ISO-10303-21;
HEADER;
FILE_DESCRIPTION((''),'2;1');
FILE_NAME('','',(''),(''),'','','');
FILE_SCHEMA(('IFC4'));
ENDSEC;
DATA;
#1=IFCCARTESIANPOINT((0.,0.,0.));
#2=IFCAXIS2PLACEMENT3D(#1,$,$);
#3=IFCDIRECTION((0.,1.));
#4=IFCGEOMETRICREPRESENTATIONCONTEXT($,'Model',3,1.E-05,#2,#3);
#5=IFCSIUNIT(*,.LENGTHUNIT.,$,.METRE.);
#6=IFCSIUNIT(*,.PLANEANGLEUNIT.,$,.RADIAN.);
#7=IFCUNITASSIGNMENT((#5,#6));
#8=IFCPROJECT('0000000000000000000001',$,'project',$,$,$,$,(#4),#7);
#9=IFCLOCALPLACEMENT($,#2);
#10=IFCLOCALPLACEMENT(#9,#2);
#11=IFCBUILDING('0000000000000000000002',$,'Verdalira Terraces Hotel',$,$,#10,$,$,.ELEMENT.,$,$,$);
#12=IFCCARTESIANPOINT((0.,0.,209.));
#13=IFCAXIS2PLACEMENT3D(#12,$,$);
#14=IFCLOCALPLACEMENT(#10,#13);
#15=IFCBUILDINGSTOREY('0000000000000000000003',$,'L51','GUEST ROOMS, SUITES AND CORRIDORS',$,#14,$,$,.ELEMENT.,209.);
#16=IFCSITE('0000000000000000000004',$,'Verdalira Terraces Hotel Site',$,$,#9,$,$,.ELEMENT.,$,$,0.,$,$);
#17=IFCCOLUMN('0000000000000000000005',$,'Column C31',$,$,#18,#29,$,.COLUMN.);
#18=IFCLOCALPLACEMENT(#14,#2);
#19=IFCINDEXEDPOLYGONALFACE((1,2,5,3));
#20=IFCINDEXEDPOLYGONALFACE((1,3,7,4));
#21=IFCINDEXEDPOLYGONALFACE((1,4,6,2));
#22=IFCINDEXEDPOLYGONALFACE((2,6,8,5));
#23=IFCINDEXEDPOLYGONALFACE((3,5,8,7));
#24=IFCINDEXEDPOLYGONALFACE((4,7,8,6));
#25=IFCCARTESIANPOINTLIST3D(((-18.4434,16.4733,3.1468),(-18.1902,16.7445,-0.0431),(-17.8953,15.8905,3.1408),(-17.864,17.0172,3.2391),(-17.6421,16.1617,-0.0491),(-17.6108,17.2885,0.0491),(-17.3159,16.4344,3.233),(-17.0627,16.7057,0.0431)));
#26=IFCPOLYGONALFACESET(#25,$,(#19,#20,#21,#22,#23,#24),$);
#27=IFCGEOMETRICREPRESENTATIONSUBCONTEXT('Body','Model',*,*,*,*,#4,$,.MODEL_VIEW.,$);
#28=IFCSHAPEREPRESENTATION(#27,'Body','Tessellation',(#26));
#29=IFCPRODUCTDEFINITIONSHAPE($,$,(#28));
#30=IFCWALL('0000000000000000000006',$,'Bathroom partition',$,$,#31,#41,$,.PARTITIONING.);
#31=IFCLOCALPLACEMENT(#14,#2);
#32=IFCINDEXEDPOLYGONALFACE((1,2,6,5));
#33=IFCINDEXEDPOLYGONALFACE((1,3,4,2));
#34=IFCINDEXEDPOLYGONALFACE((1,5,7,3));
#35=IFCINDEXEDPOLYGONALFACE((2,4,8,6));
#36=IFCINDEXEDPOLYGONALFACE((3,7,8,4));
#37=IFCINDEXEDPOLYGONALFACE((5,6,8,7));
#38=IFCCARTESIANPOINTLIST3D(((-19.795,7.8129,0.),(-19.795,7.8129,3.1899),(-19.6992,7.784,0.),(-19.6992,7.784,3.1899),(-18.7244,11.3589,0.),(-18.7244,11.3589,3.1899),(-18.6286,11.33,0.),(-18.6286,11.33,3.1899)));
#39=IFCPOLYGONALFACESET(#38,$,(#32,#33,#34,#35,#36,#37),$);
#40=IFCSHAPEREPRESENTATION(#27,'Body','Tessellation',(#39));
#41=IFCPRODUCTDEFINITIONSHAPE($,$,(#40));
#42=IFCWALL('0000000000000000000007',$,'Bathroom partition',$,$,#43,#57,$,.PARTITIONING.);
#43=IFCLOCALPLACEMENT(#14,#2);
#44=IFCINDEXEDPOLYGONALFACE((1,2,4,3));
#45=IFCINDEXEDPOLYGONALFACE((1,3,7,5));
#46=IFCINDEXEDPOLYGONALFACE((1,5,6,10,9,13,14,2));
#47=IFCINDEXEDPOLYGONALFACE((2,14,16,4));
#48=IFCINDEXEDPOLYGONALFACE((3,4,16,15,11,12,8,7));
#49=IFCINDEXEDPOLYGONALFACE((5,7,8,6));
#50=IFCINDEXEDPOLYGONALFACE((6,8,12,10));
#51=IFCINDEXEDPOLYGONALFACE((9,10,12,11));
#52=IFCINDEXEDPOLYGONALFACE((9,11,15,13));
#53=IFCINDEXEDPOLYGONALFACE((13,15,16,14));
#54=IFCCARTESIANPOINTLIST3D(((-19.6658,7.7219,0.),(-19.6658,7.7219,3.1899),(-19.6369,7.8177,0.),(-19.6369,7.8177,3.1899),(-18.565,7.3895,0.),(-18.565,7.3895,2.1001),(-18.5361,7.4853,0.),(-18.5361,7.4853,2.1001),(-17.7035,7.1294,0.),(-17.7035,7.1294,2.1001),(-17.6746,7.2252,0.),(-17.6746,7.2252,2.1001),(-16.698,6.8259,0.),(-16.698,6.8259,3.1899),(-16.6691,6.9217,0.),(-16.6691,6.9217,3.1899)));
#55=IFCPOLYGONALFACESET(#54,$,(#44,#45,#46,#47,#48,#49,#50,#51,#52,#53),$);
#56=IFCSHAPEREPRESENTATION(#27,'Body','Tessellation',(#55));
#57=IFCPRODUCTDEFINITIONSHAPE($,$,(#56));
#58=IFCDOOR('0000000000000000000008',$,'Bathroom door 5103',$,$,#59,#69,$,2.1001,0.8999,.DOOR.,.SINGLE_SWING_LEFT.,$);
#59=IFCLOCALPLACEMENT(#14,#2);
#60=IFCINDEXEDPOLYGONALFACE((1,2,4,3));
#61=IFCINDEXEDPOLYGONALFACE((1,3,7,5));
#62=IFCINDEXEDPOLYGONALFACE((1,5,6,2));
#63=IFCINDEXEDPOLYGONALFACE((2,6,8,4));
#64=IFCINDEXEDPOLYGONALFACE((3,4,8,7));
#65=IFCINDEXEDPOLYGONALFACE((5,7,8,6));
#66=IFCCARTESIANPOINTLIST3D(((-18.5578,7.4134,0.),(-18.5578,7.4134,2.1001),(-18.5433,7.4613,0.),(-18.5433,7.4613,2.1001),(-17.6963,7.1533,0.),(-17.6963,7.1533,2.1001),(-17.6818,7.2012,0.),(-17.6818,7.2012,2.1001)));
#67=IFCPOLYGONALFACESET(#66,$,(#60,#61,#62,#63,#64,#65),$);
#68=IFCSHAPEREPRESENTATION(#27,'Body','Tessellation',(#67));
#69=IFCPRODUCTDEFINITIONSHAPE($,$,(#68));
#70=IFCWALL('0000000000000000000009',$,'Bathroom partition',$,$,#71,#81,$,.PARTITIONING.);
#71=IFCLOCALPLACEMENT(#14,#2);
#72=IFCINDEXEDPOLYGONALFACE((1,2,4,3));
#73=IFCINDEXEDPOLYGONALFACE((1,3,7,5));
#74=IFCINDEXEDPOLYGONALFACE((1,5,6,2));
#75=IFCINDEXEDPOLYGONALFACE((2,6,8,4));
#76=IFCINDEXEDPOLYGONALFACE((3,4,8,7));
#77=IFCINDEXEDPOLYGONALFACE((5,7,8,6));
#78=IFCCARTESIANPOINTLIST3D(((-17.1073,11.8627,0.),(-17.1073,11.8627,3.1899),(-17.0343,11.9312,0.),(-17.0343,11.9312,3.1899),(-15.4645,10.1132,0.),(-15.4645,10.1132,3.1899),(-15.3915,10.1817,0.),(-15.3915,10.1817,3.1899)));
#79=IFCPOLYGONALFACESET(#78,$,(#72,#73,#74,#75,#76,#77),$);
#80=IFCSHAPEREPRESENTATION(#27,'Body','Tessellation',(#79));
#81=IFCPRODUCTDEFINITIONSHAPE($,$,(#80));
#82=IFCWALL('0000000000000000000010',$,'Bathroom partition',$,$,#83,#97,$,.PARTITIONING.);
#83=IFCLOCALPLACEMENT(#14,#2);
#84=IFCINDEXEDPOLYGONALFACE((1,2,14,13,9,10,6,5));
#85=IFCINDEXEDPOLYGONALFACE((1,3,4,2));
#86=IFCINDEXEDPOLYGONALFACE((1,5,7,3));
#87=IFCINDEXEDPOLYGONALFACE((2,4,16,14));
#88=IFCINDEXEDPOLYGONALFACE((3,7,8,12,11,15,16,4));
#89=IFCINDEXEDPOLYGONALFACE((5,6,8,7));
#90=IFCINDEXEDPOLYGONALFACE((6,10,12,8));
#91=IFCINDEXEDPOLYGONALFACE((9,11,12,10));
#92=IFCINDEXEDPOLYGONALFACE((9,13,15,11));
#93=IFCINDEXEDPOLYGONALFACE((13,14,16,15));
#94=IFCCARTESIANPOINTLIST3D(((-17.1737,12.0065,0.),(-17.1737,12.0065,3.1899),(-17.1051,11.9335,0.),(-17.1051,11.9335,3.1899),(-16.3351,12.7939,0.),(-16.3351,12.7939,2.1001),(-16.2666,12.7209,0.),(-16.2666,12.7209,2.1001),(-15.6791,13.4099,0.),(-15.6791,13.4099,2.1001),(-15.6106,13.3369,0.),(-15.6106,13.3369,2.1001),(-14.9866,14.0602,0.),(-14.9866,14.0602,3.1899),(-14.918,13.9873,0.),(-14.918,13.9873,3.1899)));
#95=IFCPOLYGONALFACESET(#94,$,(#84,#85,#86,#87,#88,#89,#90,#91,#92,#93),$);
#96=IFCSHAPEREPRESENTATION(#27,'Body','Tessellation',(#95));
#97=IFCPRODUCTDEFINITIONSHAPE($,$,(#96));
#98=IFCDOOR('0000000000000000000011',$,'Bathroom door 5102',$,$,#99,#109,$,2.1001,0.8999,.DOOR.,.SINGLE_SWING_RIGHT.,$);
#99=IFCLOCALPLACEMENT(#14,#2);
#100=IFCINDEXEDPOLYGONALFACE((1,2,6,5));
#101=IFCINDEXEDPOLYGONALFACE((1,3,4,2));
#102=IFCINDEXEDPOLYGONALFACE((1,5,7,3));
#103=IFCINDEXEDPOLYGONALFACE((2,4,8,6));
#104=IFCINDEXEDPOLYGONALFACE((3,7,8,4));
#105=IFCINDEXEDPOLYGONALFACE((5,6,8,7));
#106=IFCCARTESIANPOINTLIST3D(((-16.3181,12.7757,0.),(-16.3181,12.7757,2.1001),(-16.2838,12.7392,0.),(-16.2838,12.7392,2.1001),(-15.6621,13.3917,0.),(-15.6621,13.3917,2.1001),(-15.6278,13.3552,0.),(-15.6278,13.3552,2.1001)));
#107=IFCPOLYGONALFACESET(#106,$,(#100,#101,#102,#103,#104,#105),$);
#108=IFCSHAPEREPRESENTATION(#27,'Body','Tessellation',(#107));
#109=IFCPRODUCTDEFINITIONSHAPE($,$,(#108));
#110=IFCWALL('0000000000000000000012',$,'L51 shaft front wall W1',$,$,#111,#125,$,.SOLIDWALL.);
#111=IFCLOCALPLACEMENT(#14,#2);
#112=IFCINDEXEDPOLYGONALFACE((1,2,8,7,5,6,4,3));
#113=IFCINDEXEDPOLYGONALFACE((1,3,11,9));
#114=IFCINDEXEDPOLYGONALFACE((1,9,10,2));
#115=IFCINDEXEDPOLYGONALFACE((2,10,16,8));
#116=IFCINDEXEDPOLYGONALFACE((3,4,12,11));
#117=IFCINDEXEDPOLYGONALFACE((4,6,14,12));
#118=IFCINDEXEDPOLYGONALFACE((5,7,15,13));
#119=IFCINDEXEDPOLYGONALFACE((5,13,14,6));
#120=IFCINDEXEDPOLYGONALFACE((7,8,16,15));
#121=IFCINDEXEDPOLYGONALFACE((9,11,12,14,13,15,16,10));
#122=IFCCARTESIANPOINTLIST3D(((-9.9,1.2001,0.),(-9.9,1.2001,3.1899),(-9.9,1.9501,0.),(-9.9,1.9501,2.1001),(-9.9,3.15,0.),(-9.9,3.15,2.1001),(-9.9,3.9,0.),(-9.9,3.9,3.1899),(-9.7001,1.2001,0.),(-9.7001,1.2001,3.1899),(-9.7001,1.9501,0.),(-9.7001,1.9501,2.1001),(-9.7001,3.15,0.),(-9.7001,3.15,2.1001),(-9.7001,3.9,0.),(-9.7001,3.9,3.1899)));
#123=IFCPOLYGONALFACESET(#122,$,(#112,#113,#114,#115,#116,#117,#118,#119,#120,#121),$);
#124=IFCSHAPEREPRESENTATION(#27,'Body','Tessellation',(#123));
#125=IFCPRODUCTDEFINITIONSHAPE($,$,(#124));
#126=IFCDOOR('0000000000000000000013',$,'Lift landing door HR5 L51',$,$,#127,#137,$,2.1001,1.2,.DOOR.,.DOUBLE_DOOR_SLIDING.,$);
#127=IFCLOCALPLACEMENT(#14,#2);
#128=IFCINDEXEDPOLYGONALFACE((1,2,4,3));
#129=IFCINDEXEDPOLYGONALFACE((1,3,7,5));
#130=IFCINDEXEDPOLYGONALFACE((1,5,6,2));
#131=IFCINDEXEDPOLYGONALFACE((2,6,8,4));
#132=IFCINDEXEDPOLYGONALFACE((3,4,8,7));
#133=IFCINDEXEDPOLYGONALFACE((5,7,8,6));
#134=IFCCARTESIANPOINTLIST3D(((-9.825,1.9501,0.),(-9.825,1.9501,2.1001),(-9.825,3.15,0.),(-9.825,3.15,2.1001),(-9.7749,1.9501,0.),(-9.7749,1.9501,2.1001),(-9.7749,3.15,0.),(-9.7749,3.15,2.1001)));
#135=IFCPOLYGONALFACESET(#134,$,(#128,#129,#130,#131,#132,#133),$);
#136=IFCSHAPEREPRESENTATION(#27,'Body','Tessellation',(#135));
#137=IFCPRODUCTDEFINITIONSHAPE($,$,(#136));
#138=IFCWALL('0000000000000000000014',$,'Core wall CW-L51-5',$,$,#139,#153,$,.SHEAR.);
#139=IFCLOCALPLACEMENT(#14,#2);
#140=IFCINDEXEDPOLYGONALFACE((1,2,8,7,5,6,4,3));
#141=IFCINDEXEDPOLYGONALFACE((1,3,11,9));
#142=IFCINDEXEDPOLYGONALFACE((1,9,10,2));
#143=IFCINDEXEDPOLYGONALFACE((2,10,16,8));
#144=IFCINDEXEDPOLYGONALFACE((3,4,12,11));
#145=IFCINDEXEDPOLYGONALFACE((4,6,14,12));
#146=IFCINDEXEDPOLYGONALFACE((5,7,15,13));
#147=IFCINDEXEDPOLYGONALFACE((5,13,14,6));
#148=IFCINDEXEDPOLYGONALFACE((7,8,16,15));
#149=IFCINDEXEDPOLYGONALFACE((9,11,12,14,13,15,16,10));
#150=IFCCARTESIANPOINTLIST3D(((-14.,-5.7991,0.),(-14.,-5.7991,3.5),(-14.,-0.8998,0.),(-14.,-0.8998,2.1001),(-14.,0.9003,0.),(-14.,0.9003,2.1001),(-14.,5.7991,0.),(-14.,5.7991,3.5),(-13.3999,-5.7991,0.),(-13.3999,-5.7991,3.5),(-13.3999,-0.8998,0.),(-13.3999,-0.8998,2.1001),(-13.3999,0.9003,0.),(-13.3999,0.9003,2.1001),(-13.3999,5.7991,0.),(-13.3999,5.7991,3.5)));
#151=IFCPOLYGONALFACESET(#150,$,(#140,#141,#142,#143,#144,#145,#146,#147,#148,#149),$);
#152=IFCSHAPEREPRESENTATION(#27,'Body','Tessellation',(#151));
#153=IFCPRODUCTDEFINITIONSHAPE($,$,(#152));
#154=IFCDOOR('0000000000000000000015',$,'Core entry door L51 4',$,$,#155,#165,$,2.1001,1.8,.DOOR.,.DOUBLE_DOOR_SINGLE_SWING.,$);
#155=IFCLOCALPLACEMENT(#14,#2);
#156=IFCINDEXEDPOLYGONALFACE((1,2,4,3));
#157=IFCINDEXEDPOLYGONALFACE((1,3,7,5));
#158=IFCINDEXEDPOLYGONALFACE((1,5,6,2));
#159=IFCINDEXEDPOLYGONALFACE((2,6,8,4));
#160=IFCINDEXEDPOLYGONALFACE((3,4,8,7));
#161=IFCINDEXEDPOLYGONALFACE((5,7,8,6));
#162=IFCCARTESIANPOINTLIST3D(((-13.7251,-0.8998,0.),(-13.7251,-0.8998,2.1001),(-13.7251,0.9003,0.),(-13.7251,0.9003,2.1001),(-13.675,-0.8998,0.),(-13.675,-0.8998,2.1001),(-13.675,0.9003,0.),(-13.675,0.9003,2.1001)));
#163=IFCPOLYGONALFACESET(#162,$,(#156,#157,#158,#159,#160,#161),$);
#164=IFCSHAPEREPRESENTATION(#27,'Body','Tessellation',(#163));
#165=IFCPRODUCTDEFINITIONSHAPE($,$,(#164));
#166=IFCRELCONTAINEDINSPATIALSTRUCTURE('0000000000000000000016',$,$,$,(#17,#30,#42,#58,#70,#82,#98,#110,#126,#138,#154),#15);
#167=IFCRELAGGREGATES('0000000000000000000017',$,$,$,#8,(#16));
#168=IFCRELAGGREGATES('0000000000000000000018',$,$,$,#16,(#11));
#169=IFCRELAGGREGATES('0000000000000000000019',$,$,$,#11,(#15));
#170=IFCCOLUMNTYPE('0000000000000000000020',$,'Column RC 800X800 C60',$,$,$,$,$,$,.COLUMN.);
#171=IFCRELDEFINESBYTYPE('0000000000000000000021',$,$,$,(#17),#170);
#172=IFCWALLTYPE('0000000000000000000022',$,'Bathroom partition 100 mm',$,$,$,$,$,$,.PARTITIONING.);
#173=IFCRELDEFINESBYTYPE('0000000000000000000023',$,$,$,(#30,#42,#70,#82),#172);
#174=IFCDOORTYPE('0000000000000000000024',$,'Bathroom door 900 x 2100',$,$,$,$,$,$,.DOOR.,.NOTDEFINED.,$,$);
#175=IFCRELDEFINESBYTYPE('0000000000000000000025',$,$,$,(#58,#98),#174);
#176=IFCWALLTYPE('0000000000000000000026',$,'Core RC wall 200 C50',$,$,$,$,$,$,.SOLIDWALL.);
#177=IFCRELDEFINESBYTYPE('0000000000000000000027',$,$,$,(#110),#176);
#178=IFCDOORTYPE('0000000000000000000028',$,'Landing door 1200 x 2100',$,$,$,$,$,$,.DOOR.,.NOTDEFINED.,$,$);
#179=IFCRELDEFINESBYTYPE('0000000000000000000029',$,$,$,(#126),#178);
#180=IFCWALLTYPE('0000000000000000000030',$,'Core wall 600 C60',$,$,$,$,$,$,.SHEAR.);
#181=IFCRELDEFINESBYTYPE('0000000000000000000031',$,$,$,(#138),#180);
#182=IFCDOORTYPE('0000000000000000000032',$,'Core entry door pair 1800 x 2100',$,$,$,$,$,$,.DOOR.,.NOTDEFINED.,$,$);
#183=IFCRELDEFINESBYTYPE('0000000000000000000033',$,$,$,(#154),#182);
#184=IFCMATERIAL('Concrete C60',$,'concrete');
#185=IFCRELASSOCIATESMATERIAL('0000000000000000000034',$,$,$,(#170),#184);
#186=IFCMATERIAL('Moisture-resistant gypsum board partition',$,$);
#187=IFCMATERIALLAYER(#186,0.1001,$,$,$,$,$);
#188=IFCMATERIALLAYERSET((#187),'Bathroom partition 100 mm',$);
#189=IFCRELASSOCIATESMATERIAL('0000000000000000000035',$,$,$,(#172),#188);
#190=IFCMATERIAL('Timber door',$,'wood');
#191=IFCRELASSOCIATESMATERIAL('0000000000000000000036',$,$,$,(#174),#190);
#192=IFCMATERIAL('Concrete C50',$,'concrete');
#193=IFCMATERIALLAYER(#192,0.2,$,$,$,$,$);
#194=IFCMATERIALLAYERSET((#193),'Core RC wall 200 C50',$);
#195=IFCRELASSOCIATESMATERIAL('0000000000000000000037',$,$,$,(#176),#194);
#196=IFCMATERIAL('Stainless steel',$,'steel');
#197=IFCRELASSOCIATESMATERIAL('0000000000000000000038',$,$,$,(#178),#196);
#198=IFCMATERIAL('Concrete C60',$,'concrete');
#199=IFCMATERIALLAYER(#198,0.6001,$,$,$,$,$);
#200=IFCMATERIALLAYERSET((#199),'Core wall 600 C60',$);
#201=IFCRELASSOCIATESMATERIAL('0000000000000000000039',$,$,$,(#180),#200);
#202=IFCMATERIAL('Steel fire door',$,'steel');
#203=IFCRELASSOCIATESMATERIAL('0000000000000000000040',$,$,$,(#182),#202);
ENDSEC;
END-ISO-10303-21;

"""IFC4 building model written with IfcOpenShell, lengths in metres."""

from ifc_helpers import new_model, si_unit, direction, frame, frame_2d, origin, origin_2d, place, context, subcontext, project, spatial, rectangle, extrude, material, layer, layer_set, material_profile, profile_set, type_object, element, fill, save


model = new_model("IFC4")

# Units and contexts
model_context = context("Model", 3, precision=1e-05, world=origin(), true_north=direction((0.0, 1.0)))
body_context = subcontext(model_context, "Body", "Model", "MODEL_VIEW")
ifc_project = project(units=[si_unit("LENGTHUNIT", "METRE"), si_unit("PLANEANGLEUNIT", "RADIAN")], contexts=[model_context])

# Site, building, storey
site_placement = place(None, origin())
site = spatial("IfcSite", under=ifc_project, at=site_placement, Name="Verdalira Terraces Hotel Site", CompositionType="ELEMENT", RefElevation=0.0)
building_placement = place(site_placement, origin())
building = spatial("IfcBuilding", under=site, at=building_placement, Name="Verdalira Terraces Hotel", CompositionType="ELEMENT")
storey_placement = place(building_placement, frame((0.0, 0.0, 209.0)))
storey = spatial("IfcBuildingStorey", under=building, at=storey_placement, Name="L51", Description="GUEST ROOMS, SUITES AND CORRIDORS", CompositionType="ELEMENT", Elevation=209.0)

# Column
ifc_material_1 = material(Name="Concrete C60", Category="concrete")
ifc_material_profile = material_profile(ifc_material_1, rectangle(XDim=0.8, YDim=0.8, at=origin_2d()), Name="RC 800X800")
ifc_profile_set = profile_set([ifc_material_profile], Name="Concrete C60")
column_type = type_object("IfcColumnType", Name="Column RC 800X800 C60", PredefinedType="COLUMN", material=ifc_profile_set)
column_placement = place(storey_placement, frame((-17.6265, 16.7251, 0.0), z_axis=(-0.078835, -0.08446, 0.993303), x_axis=(-0.685042, 0.728464, 0.007572)))
element("IfcColumn", 1, at=column_placement, inside=storey, type_object=column_type, Name="Column C31", PredefinedType="COLUMN", context=body_context, shape_type="SweptSolid", body=[
    extrude(rectangle(XDim=0.8, YDim=0.8, at=origin_2d()), origin(), (0.0, 0.0, 1.0), 3.2114),
])

# Wall
ifc_material_2 = material(Name="Moisture-resistant gypsum board partition")
ifc_layer_1 = layer(ifc_material_2, 0.1001)
ifc_layer_set_1 = layer_set([ifc_layer_1], Name="Bathroom partition 100 mm")
wall_type_1 = type_object("IfcWallType", Name="Bathroom partition 100 mm", PredefinedType="PARTITIONING", material=ifc_layer_set_1)
wall_1_placement = place(storey_placement, frame((-18.6765, 11.3445, 0.0), z_axis=(0.0, 0.0, 1.0), x_axis=(-0.289029, -0.95732, 0.0)))
element("IfcWall", 2, at=wall_1_placement, inside=storey, type_object=wall_type_1, Name="Bathroom partition", PredefinedType="PARTITIONING", context=body_context, shape_type="SweptSolid", body=[
    extrude(rectangle(XDim=3.7041, YDim=0.1001, at=frame_2d((1.8521, 0.0))), origin(), (0.0, 0.0, 1.0), 3.1899),
])

# Wall, opening, door
wall_2_placement = place(storey_placement, frame((-19.6514, 7.7698, 0.0), z_axis=(0.0, 0.0, 1.0), x_axis=(0.957322, -0.289024, 0.0)))
wall_2 = element("IfcWall", 3, at=wall_2_placement, inside=storey, type_object=wall_type_1, Name="Bathroom partition", PredefinedType="PARTITIONING", context=body_context, shape_type="SweptSolid", body=[
    extrude(rectangle(XDim=3.1001, YDim=0.1001, at=frame_2d((1.55, 0.0))), origin(), (0.0, 0.0, 1.0), 3.1899),
])
opening_1_placement = place(wall_2_placement, frame((1.1499, 0.0, 0.0)))
opening_1 = element("IfcOpeningElement", 4, at=opening_1_placement, cuts=wall_2, PredefinedType="OPENING", context=body_context, shape_type="SweptSolid", body=[
    extrude(rectangle(XDim=0.8999, YDim=2.1001, at=frame_2d((0.45, 1.05))), frame((0.0, 0.0601, 0.0), z_axis=(0.0, -1.0, 0.0), x_axis=(1.0, 0.0, 0.0)), (0.0, 0.0, 1.0), 0.1201),
])
ifc_material_3 = material(Name="Timber door", Category="wood")
door_type_1 = type_object("IfcDoorType", Name="Bathroom door 900 x 2100", OperationType="NOTDEFINED", PredefinedType="DOOR", material=ifc_material_3)
door_1_placement = place(opening_1_placement, origin())
door_1 = element("IfcDoor", 5, at=door_1_placement, inside=storey, type_object=door_type_1, Name="Bathroom door 5103", OperationType="SINGLE_SWING_LEFT", OverallHeight=2.1001, OverallWidth=0.8999, PredefinedType="DOOR", context=body_context, shape_type="SweptSolid", body=[
    extrude(rectangle(XDim=0.8999, YDim=2.1001, at=frame_2d((0.45, 1.05))), frame((0.0, 0.0249, 0.0), z_axis=(0.0, -1.0, 0.0), x_axis=(1.0, 0.0, 0.0)), (0.0, 0.0, 1.0), 0.05),
])
fill(opening_1, door_1)

# Wall
wall_3_placement = place(storey_placement, frame((-15.428, 10.1475, 0.0), z_axis=(0.0, 0.0, 1.0), x_axis=(-0.68453, 0.728985, 0.0)))
element("IfcWall", 6, at=wall_3_placement, inside=storey, type_object=wall_type_1, Name="Bathroom partition", PredefinedType="PARTITIONING", context=body_context, shape_type="SweptSolid", body=[
    extrude(rectangle(XDim=2.3999, YDim=0.1001, at=frame_2d((1.2, 0.0))), origin(), (0.0, 0.0, 1.0), 3.1899),
])

# Walls, openings, doors
wall_4_placement = place(storey_placement, frame((-14.9524, 14.0237, 0.0), z_axis=(0.0, 0.0, 1.0), x_axis=(-0.728974, -0.684542, 0.0)))
wall_4 = element("IfcWall", 7, at=wall_4_placement, inside=storey, type_object=wall_type_1, Name="Bathroom partition", PredefinedType="PARTITIONING", context=body_context, shape_type="SweptSolid", body=[
    extrude(rectangle(XDim=3.0002, YDim=0.1001, at=frame_2d((1.5, 0.0))), origin(), (0.0, 0.0, 1.0), 3.1899),
])
opening_2_placement = place(wall_4_placement, frame((0.95, 0.0, 0.0)))
opening_2 = element("IfcOpeningElement", 8, at=opening_2_placement, cuts=wall_4, PredefinedType="OPENING", context=body_context, shape_type="SweptSolid", body=[
    extrude(rectangle(XDim=0.8999, YDim=2.1001, at=frame_2d((0.45, 1.05))), frame((0.0, 0.0601, 0.0), z_axis=(0.0, -1.0, 0.0), x_axis=(1.0, 0.0, 0.0)), (0.0, 0.0, 1.0), 0.1201),
])
door_2_placement = place(opening_2_placement, origin())
door_2 = element("IfcDoor", 9, at=door_2_placement, inside=storey, type_object=door_type_1, Name="Bathroom door 5102", OperationType="SINGLE_SWING_RIGHT", OverallHeight=2.1001, OverallWidth=0.8999, PredefinedType="DOOR", context=body_context, shape_type="SweptSolid", body=[
    extrude(rectangle(XDim=0.8999, YDim=2.1001, at=frame_2d((0.45, 1.05))), frame((0.0, 0.0249, 0.0), z_axis=(0.0, -1.0, 0.0), x_axis=(1.0, 0.0, 0.0)), (0.0, 0.0, 1.0), 0.05),
])
fill(opening_2, door_2)
ifc_material_4 = material(Name="Concrete C50", Category="concrete")
ifc_layer_2 = layer(ifc_material_4, 0.2)
ifc_layer_set_2 = layer_set([ifc_layer_2], Name="Core RC wall 200 C50")
wall_type_2 = type_object("IfcWallType", Name="Core RC wall 200 C50", PredefinedType="SOLIDWALL", material=ifc_layer_set_2)
wall_5_placement = place(storey_placement, frame((-9.8, 1.2, 0.0), z_axis=(0.0, 0.0, 1.0), x_axis=(0.0, 1.0, 0.0)))
wall_5 = element("IfcWall", 10, at=wall_5_placement, inside=storey, type_object=wall_type_2, Name="L51 shaft front wall W1", PredefinedType="SOLIDWALL", context=body_context, shape_type="SweptSolid", body=[
    extrude(rectangle(XDim=2.7, YDim=0.2, at=frame_2d((1.3501, 0.0))), origin(), (0.0, 0.0, 1.0), 3.1899),
])
opening_3_placement = place(wall_5_placement, frame((0.75, 0.0, 0.0)))
opening_3 = element("IfcOpeningElement", 11, at=opening_3_placement, cuts=wall_5, PredefinedType="OPENING", context=body_context, shape_type="SweptSolid", body=[
    extrude(rectangle(XDim=1.2, YDim=2.1001, at=frame_2d((0.6001, 1.05))), frame((0.0, 0.1099, 0.0), z_axis=(0.0, -1.0, 0.0), x_axis=(1.0, 0.0, 0.0)), (0.0, 0.0, 1.0), 0.22),
])
ifc_material_5 = material(Name="Stainless steel", Category="steel")
door_type_2 = type_object("IfcDoorType", Name="Landing door 1200 x 2100", OperationType="NOTDEFINED", PredefinedType="DOOR", material=ifc_material_5)
door_3_placement = place(opening_3_placement, origin())
door_3 = element("IfcDoor", 12, at=door_3_placement, inside=storey, type_object=door_type_2, Name="Lift landing door HR5 L51", OperationType="DOUBLE_DOOR_SLIDING", OverallHeight=2.1001, OverallWidth=1.2, PredefinedType="DOOR", context=body_context, shape_type="SweptSolid", body=[
    extrude(rectangle(XDim=1.2, YDim=2.1001, at=frame_2d((0.6001, 1.05))), frame((0.0, 0.0249, 0.0), z_axis=(0.0, -1.0, 0.0), x_axis=(1.0, 0.0, 0.0)), (0.0, 0.0, 1.0), 0.05),
])
fill(opening_3, door_3)
ifc_material_6 = material(Name="Concrete C60", Category="concrete")
ifc_layer_3 = layer(ifc_material_6, 0.6001)
ifc_layer_set_3 = layer_set([ifc_layer_3], Name="Core wall 600 C60")
wall_type_3 = type_object("IfcWallType", Name="Core wall 600 C60", PredefinedType="SHEAR", material=ifc_layer_set_3)
wall_6_placement = place(storey_placement, frame((-13.7, 5.7991, 0.0), z_axis=(0.0, 0.0, 1.0), x_axis=(0.0, -1.0, 0.0)))
wall_6 = element("IfcWall", 13, at=wall_6_placement, inside=storey, type_object=wall_type_3, Name="Core wall CW-L51-5", PredefinedType="SHEAR", context=body_context, shape_type="SweptSolid", body=[
    extrude(rectangle(XDim=11.5981, YDim=0.6001, at=frame_2d((5.7991, 0.0))), origin(), (0.0, 0.0, 1.0), 3.5),
])
opening_4_placement = place(wall_6_placement, frame((4.8989, 0.0, 0.0)))
opening_4 = element("IfcOpeningElement", 14, at=opening_4_placement, cuts=wall_6, PredefinedType="OPENING", context=body_context, shape_type="SweptSolid", body=[
    extrude(rectangle(XDim=1.8, YDim=2.1001, at=frame_2d((0.8999, 1.05))), frame((0.0, 0.3101, 0.0), z_axis=(0.0, -1.0, 0.0), x_axis=(1.0, 0.0, 0.0)), (0.0, 0.0, 1.0), 0.6201),
])
ifc_material_7 = material(Name="Steel fire door", Category="steel")
door_type_3 = type_object("IfcDoorType", Name="Core entry door pair 1800 x 2100", OperationType="NOTDEFINED", PredefinedType="DOOR", material=ifc_material_7)
door_4_placement = place(opening_4_placement, origin())
door_4 = element("IfcDoor", 15, at=door_4_placement, inside=storey, type_object=door_type_3, Name="Core entry door L51 4", OperationType="DOUBLE_DOOR_SINGLE_SWING", OverallHeight=2.1001, OverallWidth=1.8, PredefinedType="DOOR", context=body_context, shape_type="SweptSolid", body=[
    extrude(rectangle(XDim=1.8, YDim=2.1001, at=frame_2d((0.8999, 1.05))), frame((0.0, 0.0249, 0.0), z_axis=(0.0, -1.0, 0.0), x_axis=(1.0, 0.0, 0.0)), (0.0, 0.0, 1.0), 0.05),
])
fill(opening_4, door_4)

save(model, "model.ifc")
